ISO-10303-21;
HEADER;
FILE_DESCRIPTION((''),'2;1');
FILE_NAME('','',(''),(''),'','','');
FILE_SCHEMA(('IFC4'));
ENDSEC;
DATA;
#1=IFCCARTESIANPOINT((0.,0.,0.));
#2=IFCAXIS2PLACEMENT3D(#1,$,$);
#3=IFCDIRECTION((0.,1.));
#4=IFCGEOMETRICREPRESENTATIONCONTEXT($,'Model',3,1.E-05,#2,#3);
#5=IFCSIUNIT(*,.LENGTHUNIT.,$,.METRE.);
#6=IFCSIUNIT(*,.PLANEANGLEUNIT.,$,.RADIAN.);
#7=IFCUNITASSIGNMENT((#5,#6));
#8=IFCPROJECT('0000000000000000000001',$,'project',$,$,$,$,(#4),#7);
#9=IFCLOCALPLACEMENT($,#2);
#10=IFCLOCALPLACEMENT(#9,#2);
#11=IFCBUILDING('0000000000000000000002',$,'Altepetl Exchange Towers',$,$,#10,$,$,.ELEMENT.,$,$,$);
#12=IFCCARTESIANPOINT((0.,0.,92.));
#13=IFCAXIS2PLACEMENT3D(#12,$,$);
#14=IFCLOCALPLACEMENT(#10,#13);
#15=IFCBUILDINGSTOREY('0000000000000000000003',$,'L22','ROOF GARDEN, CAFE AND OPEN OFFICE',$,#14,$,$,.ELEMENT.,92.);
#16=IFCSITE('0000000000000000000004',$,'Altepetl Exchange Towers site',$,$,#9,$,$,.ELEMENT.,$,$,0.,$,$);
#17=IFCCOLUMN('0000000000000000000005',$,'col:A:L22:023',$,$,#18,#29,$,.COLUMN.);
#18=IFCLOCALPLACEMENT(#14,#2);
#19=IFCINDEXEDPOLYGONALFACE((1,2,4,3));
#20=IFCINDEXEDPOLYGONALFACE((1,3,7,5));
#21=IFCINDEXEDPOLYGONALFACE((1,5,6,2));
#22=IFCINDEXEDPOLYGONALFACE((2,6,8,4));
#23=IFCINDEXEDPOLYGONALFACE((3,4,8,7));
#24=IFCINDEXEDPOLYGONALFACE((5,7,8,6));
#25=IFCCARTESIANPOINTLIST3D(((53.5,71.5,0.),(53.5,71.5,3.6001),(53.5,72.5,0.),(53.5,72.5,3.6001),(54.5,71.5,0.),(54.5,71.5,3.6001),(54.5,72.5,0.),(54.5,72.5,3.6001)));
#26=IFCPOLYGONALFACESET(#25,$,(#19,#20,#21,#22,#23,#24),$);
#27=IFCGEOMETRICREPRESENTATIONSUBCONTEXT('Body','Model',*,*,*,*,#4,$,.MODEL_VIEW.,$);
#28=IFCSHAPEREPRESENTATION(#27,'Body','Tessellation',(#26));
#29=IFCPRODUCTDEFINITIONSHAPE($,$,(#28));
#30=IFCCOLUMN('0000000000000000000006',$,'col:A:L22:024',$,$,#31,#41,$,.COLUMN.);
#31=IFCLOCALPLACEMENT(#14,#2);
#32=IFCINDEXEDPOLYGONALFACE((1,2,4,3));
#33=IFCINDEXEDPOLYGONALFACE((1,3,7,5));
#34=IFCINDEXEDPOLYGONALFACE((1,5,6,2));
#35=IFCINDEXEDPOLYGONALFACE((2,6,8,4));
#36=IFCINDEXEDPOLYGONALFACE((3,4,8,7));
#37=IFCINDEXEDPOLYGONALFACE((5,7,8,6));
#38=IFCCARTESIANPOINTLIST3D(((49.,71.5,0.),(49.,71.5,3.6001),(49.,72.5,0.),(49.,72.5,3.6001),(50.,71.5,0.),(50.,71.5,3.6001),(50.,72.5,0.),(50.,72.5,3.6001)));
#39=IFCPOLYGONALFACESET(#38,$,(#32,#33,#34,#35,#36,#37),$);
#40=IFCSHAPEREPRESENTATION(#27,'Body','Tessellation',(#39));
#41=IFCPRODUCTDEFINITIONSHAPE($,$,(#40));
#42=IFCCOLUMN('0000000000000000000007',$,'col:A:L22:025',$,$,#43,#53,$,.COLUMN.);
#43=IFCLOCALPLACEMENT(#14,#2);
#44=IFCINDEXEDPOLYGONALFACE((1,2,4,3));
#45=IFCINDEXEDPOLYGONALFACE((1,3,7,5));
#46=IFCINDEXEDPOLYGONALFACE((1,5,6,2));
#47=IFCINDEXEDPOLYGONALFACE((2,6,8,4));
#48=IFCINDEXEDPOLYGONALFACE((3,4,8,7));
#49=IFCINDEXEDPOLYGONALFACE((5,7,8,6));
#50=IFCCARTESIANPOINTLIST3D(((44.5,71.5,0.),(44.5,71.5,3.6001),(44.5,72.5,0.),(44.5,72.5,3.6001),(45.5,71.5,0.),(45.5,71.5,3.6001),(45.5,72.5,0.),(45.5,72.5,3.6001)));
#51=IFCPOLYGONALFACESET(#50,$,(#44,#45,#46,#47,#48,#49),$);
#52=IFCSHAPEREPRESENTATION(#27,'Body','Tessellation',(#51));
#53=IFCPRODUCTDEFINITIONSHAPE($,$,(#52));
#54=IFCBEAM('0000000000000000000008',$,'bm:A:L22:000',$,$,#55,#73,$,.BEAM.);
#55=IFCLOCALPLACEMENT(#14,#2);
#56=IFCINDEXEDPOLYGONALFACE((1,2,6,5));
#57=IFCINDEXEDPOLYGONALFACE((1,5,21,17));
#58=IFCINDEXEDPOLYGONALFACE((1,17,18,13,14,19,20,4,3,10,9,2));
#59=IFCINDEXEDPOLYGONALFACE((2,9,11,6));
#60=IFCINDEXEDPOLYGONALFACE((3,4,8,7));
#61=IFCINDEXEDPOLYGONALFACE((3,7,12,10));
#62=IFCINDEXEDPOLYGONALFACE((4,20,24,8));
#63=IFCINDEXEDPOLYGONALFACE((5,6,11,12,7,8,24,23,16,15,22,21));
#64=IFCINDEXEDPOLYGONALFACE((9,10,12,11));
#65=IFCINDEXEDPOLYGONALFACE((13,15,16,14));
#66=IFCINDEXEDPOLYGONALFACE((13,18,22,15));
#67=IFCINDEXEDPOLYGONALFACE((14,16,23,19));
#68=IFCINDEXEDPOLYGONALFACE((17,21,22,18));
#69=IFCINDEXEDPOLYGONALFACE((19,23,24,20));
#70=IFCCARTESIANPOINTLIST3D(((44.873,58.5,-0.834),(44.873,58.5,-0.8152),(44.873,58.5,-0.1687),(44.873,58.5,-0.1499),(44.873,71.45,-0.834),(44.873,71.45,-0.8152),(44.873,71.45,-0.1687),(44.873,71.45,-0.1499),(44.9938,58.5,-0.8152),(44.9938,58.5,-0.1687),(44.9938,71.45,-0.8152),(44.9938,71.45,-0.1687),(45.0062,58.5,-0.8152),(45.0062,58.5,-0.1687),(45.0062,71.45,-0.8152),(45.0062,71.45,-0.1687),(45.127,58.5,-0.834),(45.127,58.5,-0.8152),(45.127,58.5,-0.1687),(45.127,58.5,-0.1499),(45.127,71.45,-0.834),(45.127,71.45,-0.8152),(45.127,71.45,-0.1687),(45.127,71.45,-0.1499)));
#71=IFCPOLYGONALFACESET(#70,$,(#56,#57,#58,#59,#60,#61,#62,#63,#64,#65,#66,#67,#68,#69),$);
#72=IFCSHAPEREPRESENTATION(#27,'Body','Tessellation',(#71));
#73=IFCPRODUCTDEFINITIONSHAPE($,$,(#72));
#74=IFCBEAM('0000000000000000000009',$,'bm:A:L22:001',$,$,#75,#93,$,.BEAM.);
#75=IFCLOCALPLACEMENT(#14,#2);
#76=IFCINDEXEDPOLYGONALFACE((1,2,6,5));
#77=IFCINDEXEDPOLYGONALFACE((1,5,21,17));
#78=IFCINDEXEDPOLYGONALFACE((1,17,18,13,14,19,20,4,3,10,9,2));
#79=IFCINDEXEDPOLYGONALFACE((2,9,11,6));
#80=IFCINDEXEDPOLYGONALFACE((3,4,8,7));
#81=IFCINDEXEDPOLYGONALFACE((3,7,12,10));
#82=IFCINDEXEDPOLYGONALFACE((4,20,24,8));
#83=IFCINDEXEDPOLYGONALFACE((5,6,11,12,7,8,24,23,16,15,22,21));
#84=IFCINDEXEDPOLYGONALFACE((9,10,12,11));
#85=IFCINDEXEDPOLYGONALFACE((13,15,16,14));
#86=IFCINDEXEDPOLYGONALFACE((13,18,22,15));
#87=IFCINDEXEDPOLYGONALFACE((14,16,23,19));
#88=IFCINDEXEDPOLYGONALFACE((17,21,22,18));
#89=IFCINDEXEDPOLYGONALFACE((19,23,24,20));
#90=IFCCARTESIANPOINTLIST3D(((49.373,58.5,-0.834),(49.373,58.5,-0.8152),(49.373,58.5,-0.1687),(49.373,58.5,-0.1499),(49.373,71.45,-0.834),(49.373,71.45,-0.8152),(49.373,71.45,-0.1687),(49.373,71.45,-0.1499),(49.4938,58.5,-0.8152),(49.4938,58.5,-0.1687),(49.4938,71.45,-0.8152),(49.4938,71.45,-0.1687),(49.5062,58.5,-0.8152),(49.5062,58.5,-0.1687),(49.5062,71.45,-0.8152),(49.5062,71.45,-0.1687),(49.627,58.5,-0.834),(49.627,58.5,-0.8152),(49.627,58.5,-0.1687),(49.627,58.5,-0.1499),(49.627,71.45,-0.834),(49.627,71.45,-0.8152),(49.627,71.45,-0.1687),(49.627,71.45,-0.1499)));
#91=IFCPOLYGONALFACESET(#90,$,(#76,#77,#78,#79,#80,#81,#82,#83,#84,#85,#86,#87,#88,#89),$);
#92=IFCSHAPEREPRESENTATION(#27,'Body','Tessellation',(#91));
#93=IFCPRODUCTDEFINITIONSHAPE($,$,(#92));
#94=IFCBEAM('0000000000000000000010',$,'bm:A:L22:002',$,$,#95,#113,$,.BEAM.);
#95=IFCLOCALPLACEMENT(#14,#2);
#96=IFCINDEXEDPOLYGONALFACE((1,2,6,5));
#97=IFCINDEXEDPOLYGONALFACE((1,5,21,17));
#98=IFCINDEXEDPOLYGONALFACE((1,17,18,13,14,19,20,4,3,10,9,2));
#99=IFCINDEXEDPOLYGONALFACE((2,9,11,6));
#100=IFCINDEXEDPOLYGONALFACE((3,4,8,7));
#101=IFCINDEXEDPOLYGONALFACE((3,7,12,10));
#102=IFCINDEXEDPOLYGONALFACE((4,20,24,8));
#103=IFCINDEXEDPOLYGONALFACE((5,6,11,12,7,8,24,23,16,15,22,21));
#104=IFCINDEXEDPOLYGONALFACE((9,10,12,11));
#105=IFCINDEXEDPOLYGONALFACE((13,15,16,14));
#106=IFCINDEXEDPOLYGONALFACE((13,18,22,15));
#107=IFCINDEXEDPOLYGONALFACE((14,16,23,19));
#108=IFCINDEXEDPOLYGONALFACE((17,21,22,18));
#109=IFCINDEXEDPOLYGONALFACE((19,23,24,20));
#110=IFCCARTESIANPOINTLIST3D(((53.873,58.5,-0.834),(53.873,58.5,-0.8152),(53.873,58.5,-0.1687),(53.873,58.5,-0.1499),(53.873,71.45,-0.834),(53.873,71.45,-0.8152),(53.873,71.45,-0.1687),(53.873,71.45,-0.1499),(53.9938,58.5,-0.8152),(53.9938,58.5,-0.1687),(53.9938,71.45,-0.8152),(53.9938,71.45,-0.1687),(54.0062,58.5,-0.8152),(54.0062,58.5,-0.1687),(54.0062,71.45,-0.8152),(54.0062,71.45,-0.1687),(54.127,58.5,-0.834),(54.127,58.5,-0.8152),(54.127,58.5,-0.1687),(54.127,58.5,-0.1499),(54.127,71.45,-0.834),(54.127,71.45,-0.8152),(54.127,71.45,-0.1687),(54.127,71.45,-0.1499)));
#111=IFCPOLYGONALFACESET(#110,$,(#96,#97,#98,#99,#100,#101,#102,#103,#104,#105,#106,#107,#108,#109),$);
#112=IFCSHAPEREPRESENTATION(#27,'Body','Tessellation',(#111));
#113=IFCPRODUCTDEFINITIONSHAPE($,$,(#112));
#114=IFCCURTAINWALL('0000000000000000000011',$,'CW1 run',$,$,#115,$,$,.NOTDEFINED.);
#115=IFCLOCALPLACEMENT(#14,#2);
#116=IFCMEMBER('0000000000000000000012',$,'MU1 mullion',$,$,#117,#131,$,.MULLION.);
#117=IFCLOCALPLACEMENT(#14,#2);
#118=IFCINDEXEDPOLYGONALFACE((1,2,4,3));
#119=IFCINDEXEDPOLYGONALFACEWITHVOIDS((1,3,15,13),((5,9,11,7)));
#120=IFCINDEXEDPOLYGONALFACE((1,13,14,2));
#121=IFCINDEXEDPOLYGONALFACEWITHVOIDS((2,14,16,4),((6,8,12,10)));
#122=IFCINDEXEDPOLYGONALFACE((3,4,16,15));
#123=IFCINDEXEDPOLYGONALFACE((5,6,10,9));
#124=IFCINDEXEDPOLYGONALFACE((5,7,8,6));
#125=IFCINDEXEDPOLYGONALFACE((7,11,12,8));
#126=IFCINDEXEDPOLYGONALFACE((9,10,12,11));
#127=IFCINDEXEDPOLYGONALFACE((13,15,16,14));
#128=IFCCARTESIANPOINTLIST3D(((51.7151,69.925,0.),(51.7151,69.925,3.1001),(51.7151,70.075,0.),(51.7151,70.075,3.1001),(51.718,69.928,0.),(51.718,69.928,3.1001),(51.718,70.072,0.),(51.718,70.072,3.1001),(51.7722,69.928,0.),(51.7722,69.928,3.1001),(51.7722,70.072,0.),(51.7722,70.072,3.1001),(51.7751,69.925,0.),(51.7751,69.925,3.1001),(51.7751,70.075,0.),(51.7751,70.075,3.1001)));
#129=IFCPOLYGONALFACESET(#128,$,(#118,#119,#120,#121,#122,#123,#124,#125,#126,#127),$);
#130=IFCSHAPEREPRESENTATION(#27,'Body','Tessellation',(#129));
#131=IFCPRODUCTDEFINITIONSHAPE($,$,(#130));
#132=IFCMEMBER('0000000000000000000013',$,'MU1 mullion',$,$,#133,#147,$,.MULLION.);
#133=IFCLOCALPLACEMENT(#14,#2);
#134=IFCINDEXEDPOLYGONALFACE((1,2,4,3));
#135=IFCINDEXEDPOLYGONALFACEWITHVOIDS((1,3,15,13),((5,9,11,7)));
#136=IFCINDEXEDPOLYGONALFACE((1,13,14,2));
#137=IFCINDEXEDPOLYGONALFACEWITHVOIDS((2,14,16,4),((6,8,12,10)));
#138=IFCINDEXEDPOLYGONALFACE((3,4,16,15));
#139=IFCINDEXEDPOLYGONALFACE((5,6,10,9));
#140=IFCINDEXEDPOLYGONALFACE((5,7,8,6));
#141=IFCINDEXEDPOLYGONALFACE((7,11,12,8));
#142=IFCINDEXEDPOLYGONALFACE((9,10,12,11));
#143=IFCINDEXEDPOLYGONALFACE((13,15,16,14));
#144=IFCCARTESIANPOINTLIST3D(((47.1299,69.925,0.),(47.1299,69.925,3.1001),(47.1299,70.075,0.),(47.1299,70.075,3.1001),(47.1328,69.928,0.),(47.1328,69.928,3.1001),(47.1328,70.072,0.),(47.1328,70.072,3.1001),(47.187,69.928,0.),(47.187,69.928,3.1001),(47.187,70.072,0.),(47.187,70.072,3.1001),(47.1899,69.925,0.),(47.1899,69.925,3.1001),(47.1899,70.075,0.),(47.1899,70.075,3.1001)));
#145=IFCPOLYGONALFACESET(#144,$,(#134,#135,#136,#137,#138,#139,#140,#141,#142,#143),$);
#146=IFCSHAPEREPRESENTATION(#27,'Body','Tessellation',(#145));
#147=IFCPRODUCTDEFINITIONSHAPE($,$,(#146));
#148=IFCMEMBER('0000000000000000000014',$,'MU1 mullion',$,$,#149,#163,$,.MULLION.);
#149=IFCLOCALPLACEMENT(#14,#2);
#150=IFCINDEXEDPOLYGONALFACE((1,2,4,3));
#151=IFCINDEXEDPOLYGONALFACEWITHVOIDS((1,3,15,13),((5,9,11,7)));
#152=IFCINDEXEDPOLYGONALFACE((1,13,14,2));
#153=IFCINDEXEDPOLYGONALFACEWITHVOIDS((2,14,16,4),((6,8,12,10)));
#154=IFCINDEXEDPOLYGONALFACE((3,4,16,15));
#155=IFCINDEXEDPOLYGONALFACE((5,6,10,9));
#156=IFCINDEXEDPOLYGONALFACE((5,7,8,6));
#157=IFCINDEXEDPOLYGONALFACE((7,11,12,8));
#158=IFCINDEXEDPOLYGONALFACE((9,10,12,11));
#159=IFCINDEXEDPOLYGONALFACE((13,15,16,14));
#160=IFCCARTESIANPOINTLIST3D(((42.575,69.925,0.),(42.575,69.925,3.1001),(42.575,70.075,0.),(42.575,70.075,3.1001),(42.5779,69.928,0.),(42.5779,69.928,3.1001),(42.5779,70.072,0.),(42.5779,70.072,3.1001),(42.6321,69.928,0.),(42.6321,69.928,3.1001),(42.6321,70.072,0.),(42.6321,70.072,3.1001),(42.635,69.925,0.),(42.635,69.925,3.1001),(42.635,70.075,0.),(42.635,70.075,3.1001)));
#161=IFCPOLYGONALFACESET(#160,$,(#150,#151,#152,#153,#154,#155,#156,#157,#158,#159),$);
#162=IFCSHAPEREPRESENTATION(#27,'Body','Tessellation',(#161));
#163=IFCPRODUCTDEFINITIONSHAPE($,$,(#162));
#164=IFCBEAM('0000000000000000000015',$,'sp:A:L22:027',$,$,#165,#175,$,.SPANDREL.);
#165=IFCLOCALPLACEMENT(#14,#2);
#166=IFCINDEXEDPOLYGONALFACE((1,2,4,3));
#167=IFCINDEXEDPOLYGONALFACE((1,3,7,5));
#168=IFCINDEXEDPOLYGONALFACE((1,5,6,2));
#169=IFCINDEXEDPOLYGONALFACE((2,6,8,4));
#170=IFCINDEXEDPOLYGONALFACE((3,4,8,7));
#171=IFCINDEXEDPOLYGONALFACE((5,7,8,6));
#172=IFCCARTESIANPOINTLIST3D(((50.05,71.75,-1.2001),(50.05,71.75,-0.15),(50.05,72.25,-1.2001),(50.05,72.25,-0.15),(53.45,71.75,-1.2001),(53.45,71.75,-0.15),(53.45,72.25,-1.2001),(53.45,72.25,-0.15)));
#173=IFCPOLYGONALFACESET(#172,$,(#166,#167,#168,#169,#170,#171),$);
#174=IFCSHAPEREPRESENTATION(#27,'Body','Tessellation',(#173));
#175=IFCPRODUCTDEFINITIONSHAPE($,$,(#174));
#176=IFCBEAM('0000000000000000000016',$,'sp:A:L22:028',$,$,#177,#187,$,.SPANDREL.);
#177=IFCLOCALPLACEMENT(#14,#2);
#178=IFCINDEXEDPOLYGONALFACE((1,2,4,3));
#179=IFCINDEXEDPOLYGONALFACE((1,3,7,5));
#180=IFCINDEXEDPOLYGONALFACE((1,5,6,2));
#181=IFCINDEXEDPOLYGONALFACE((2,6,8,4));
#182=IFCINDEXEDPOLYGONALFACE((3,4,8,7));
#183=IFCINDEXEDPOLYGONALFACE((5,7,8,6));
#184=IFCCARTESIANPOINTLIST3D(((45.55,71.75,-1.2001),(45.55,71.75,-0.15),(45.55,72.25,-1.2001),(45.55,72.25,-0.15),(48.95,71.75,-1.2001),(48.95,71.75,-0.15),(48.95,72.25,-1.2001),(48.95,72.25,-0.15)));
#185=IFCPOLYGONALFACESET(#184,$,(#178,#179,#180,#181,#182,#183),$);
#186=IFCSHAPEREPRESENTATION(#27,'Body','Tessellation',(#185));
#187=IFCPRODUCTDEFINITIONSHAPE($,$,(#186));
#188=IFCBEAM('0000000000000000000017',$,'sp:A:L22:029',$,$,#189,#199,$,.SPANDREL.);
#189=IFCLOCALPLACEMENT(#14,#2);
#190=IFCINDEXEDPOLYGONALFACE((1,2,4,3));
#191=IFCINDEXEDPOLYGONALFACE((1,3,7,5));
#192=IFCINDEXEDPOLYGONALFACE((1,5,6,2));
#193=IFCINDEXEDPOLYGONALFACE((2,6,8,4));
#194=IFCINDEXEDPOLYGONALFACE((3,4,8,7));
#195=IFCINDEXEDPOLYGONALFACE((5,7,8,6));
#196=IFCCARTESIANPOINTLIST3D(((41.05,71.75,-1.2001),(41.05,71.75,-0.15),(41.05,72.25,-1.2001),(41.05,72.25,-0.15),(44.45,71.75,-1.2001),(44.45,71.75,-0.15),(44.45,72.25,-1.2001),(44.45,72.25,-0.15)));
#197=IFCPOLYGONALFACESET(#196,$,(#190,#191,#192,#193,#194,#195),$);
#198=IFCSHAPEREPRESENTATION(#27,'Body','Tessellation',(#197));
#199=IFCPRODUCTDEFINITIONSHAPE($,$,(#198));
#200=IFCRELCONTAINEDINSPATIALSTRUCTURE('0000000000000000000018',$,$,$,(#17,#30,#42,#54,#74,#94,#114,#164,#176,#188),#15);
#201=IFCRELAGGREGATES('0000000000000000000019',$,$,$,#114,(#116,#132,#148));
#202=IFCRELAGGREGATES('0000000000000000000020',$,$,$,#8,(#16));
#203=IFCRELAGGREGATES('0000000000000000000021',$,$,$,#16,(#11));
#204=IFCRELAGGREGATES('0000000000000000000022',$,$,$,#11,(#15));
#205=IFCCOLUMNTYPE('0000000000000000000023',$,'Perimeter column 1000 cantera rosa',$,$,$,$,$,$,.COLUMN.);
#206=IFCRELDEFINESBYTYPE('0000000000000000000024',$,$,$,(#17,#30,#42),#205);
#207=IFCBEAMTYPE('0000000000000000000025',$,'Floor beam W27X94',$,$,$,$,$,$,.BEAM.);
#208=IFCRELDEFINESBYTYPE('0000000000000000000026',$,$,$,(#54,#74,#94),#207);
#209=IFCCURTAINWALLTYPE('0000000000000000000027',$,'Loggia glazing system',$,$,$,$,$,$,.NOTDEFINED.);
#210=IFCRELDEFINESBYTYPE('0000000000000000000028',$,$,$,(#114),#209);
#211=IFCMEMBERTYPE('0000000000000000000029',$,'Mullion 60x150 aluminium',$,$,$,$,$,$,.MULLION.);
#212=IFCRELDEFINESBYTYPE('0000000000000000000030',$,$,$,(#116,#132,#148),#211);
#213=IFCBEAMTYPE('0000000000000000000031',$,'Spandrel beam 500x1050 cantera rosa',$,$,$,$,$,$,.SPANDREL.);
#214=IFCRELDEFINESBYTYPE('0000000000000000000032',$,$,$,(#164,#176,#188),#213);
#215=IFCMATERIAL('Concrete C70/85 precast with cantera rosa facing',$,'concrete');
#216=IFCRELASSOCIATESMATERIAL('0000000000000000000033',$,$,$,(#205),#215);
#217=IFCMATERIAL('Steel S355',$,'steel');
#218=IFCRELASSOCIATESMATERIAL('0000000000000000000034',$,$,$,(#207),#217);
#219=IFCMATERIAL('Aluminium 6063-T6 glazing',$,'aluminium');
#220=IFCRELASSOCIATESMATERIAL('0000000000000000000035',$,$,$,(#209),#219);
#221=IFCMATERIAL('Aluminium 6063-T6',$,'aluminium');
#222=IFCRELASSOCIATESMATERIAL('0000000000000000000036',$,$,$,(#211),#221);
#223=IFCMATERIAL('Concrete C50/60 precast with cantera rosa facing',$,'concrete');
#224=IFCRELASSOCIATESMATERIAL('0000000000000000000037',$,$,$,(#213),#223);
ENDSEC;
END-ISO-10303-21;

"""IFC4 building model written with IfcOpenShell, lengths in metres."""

from ifc_helpers import new_model, si_unit, direction, frame, origin, origin_2d, place, context, subcontext, project, spatial, rectangle, hollow_rectangle, i_section, extrude, material, material_profile, profile_set, type_object, element, aggregate, save


model = new_model("IFC4")

# Units and contexts
model_context = context("Model", 3, precision=1e-05, world=origin(), true_north=direction((0.0, 1.0)))
body_context = subcontext(model_context, "Body", "Model", "MODEL_VIEW")
ifc_project = project(units=[si_unit("LENGTHUNIT", "METRE"), si_unit("PLANEANGLEUNIT", "RADIAN")], contexts=[model_context])

# Site, building, storey
site_placement = place(None, origin())
site = spatial("IfcSite", under=ifc_project, at=site_placement, Name="Altepetl Exchange Towers site", CompositionType="ELEMENT", RefElevation=0.0)
building_placement = place(site_placement, origin())
building = spatial("IfcBuilding", under=site, at=building_placement, Name="Altepetl Exchange Towers", CompositionType="ELEMENT")
storey_placement = place(building_placement, frame((0.0, 0.0, 92.0)))
storey = spatial("IfcBuildingStorey", under=building, at=storey_placement, Name="L22", Description="ROOF GARDEN, CAFE AND OPEN OFFICE", CompositionType="ELEMENT", Elevation=92.0)

# Columns
ifc_material_1 = material(Name="Concrete C70/85 precast with cantera rosa facing", Category="concrete")
ifc_material_profile_1 = material_profile(ifc_material_1, rectangle(XDim=1.0, YDim=1.0, at=origin_2d()), Name="1000 x 1000")
ifc_profile_set_1 = profile_set([ifc_material_profile_1], Name="Concrete C70/85 precast with cantera rosa facing")
column_type = type_object("IfcColumnType", Name="Perimeter column 1000 cantera rosa", PredefinedType="COLUMN", material=ifc_profile_set_1)
for number, where, name in (
    (1, (54.0, 72.0, 0.0), "col:A:L22:023"),
    (2, (49.5, 72.0, 0.0), "col:A:L22:024"),
    (3, (45.0, 72.0, 0.0), "col:A:L22:025"),
):
    element("IfcColumn", number, at=place(storey_placement, frame(where)), inside=storey, type_object=column_type, Name=name, PredefinedType="COLUMN", context=body_context, shape_type="SweptSolid", body=[
        extrude(rectangle(XDim=1.0, YDim=1.0, at=origin_2d()), origin(), (0.0, 0.0, 1.0), 3.6001),
    ])

# Beams
ifc_material_2 = material(Name="Steel S355", Category="steel")
ifc_material_profile_2 = material_profile(ifc_material_2, i_section(OverallWidth=0.2539, OverallDepth=0.6841, WebThickness=0.0125, FlangeThickness=0.0188, at=origin_2d()), Name="W27X94")
ifc_profile_set_2 = profile_set([ifc_material_profile_2], Name="Steel S355")
beam_type_1 = type_object("IfcBeamType", Name="Floor beam W27X94", PredefinedType="BEAM", material=ifc_profile_set_2)
for number, where, z_axis, x_axis, name in (
    (4, (45.0, 58.5, -0.4919), (0.0, 1.0, 0.0), (-1.0, 0.0, 0.0), "bm:A:L22:000"),
    (5, (49.5, 58.5, -0.4919), (0.0, 1.0, 0.0), (-1.0, 0.0, 0.0), "bm:A:L22:001"),
    (6, (54.0, 58.5, -0.4919), (0.0, 1.0, 0.0), (-1.0, 0.0, 0.0), "bm:A:L22:002"),
):
    element("IfcBeam", number, at=place(storey_placement, frame(where, z_axis=z_axis, x_axis=x_axis)), inside=storey, type_object=beam_type_1, Name=name, PredefinedType="BEAM", context=body_context, shape_type="SweptSolid", body=[
        extrude(i_section(OverallWidth=0.2539, OverallDepth=0.6841, WebThickness=0.0125, FlangeThickness=0.0188, at=origin_2d()), origin(), (0.0, 0.0, 1.0), 12.95),
    ])

# Curtain wall, members
ifc_material_3 = material(Name="Aluminium 6063-T6 glazing", Category="aluminium")
curtain_wall_type = type_object("IfcCurtainWallType", Name="Loggia glazing system", PredefinedType="NOTDEFINED", material=ifc_material_3)
curtain_wall_placement = place(storey_placement, origin())
curtain_wall = element("IfcCurtainWall", 7, at=curtain_wall_placement, inside=storey, type_object=curtain_wall_type, Name="CW1 run", PredefinedType="NOTDEFINED")
ifc_material_4 = material(Name="Aluminium 6063-T6", Category="aluminium")
ifc_material_profile_3 = material_profile(ifc_material_4, hollow_rectangle(XDim=0.0601, YDim=0.1499, WallThickness=0.0029, at=origin_2d()), Name="Mullion 60x150 aluminium")
ifc_profile_set_3 = profile_set([ifc_material_profile_3], Name="Aluminium 6063-T6")
member_type = type_object("IfcMemberType", Name="Mullion 60x150 aluminium", PredefinedType="MULLION", material=ifc_profile_set_3)
member_1_placement = place(storey_placement, frame((51.7451, 70.0, 0.0), z_axis=(0.0, 0.0, 1.0), x_axis=(-1.0, 0.0, 0.0)))
member_1 = element("IfcMember", 8, at=member_1_placement, type_object=member_type, Name="MU1 mullion", PredefinedType="MULLION", context=body_context, shape_type="SweptSolid", body=[
    extrude(hollow_rectangle(XDim=0.0601, YDim=0.1499, WallThickness=0.0029, at=origin_2d()), origin(), (0.0, 0.0, 1.0), 3.1001),
])
member_2_placement = place(storey_placement, frame((47.1599, 70.0, 0.0), z_axis=(0.0, 0.0, 1.0), x_axis=(-1.0, 0.0, 0.0)))
member_2 = element("IfcMember", 9, at=member_2_placement, type_object=member_type, Name="MU1 mullion", PredefinedType="MULLION", context=body_context, shape_type="SweptSolid", body=[
    extrude(hollow_rectangle(XDim=0.0601, YDim=0.1499, WallThickness=0.0029, at=origin_2d()), origin(), (0.0, 0.0, 1.0), 3.1001),
])
member_3_placement = place(storey_placement, frame((42.605, 70.0, 0.0), z_axis=(0.0, 0.0, 1.0), x_axis=(-1.0, 0.0, 0.0)))
member_3 = element("IfcMember", 10, at=member_3_placement, type_object=member_type, Name="MU1 mullion", PredefinedType="MULLION", context=body_context, shape_type="SweptSolid", body=[
    extrude(hollow_rectangle(XDim=0.0601, YDim=0.1499, WallThickness=0.0029, at=origin_2d()), origin(), (0.0, 0.0, 1.0), 3.1001),
])

# Beams
ifc_material_5 = material(Name="Concrete C50/60 precast with cantera rosa facing", Category="concrete")
ifc_material_profile_4 = material_profile(ifc_material_5, rectangle(XDim=0.5, YDim=1.05, at=origin_2d()), Name="500 x 1050")
ifc_profile_set_4 = profile_set([ifc_material_profile_4], Name="Concrete C50/60 precast with cantera rosa facing")
beam_type_2 = type_object("IfcBeamType", Name="Spandrel beam 500x1050 cantera rosa", PredefinedType="SPANDREL", material=ifc_profile_set_4)
for number, where, z_axis, x_axis, name in (
    (11, (53.45, 72.0, -0.675), (-1.0, 0.0, 0.0), (0.0, -1.0, 0.0), "sp:A:L22:027"),
    (12, (48.95, 72.0, -0.675), (-1.0, 0.0, 0.0), (0.0, -1.0, 0.0), "sp:A:L22:028"),
    (13, (44.45, 72.0, -0.675), (-1.0, 0.0, 0.0), (0.0, -1.0, 0.0), "sp:A:L22:029"),
):
    element("IfcBeam", number, at=place(storey_placement, frame(where, z_axis=z_axis, x_axis=x_axis)), inside=storey, type_object=beam_type_2, Name=name, PredefinedType="SPANDREL", context=body_context, shape_type="SweptSolid", body=[
        extrude(rectangle(XDim=0.5, YDim=1.05, at=origin_2d()), origin(), (0.0, 0.0, 1.0), 3.3999),
    ])

aggregate(curtain_wall, [member_1, member_2, member_3])

save(model, "model.ifc")
